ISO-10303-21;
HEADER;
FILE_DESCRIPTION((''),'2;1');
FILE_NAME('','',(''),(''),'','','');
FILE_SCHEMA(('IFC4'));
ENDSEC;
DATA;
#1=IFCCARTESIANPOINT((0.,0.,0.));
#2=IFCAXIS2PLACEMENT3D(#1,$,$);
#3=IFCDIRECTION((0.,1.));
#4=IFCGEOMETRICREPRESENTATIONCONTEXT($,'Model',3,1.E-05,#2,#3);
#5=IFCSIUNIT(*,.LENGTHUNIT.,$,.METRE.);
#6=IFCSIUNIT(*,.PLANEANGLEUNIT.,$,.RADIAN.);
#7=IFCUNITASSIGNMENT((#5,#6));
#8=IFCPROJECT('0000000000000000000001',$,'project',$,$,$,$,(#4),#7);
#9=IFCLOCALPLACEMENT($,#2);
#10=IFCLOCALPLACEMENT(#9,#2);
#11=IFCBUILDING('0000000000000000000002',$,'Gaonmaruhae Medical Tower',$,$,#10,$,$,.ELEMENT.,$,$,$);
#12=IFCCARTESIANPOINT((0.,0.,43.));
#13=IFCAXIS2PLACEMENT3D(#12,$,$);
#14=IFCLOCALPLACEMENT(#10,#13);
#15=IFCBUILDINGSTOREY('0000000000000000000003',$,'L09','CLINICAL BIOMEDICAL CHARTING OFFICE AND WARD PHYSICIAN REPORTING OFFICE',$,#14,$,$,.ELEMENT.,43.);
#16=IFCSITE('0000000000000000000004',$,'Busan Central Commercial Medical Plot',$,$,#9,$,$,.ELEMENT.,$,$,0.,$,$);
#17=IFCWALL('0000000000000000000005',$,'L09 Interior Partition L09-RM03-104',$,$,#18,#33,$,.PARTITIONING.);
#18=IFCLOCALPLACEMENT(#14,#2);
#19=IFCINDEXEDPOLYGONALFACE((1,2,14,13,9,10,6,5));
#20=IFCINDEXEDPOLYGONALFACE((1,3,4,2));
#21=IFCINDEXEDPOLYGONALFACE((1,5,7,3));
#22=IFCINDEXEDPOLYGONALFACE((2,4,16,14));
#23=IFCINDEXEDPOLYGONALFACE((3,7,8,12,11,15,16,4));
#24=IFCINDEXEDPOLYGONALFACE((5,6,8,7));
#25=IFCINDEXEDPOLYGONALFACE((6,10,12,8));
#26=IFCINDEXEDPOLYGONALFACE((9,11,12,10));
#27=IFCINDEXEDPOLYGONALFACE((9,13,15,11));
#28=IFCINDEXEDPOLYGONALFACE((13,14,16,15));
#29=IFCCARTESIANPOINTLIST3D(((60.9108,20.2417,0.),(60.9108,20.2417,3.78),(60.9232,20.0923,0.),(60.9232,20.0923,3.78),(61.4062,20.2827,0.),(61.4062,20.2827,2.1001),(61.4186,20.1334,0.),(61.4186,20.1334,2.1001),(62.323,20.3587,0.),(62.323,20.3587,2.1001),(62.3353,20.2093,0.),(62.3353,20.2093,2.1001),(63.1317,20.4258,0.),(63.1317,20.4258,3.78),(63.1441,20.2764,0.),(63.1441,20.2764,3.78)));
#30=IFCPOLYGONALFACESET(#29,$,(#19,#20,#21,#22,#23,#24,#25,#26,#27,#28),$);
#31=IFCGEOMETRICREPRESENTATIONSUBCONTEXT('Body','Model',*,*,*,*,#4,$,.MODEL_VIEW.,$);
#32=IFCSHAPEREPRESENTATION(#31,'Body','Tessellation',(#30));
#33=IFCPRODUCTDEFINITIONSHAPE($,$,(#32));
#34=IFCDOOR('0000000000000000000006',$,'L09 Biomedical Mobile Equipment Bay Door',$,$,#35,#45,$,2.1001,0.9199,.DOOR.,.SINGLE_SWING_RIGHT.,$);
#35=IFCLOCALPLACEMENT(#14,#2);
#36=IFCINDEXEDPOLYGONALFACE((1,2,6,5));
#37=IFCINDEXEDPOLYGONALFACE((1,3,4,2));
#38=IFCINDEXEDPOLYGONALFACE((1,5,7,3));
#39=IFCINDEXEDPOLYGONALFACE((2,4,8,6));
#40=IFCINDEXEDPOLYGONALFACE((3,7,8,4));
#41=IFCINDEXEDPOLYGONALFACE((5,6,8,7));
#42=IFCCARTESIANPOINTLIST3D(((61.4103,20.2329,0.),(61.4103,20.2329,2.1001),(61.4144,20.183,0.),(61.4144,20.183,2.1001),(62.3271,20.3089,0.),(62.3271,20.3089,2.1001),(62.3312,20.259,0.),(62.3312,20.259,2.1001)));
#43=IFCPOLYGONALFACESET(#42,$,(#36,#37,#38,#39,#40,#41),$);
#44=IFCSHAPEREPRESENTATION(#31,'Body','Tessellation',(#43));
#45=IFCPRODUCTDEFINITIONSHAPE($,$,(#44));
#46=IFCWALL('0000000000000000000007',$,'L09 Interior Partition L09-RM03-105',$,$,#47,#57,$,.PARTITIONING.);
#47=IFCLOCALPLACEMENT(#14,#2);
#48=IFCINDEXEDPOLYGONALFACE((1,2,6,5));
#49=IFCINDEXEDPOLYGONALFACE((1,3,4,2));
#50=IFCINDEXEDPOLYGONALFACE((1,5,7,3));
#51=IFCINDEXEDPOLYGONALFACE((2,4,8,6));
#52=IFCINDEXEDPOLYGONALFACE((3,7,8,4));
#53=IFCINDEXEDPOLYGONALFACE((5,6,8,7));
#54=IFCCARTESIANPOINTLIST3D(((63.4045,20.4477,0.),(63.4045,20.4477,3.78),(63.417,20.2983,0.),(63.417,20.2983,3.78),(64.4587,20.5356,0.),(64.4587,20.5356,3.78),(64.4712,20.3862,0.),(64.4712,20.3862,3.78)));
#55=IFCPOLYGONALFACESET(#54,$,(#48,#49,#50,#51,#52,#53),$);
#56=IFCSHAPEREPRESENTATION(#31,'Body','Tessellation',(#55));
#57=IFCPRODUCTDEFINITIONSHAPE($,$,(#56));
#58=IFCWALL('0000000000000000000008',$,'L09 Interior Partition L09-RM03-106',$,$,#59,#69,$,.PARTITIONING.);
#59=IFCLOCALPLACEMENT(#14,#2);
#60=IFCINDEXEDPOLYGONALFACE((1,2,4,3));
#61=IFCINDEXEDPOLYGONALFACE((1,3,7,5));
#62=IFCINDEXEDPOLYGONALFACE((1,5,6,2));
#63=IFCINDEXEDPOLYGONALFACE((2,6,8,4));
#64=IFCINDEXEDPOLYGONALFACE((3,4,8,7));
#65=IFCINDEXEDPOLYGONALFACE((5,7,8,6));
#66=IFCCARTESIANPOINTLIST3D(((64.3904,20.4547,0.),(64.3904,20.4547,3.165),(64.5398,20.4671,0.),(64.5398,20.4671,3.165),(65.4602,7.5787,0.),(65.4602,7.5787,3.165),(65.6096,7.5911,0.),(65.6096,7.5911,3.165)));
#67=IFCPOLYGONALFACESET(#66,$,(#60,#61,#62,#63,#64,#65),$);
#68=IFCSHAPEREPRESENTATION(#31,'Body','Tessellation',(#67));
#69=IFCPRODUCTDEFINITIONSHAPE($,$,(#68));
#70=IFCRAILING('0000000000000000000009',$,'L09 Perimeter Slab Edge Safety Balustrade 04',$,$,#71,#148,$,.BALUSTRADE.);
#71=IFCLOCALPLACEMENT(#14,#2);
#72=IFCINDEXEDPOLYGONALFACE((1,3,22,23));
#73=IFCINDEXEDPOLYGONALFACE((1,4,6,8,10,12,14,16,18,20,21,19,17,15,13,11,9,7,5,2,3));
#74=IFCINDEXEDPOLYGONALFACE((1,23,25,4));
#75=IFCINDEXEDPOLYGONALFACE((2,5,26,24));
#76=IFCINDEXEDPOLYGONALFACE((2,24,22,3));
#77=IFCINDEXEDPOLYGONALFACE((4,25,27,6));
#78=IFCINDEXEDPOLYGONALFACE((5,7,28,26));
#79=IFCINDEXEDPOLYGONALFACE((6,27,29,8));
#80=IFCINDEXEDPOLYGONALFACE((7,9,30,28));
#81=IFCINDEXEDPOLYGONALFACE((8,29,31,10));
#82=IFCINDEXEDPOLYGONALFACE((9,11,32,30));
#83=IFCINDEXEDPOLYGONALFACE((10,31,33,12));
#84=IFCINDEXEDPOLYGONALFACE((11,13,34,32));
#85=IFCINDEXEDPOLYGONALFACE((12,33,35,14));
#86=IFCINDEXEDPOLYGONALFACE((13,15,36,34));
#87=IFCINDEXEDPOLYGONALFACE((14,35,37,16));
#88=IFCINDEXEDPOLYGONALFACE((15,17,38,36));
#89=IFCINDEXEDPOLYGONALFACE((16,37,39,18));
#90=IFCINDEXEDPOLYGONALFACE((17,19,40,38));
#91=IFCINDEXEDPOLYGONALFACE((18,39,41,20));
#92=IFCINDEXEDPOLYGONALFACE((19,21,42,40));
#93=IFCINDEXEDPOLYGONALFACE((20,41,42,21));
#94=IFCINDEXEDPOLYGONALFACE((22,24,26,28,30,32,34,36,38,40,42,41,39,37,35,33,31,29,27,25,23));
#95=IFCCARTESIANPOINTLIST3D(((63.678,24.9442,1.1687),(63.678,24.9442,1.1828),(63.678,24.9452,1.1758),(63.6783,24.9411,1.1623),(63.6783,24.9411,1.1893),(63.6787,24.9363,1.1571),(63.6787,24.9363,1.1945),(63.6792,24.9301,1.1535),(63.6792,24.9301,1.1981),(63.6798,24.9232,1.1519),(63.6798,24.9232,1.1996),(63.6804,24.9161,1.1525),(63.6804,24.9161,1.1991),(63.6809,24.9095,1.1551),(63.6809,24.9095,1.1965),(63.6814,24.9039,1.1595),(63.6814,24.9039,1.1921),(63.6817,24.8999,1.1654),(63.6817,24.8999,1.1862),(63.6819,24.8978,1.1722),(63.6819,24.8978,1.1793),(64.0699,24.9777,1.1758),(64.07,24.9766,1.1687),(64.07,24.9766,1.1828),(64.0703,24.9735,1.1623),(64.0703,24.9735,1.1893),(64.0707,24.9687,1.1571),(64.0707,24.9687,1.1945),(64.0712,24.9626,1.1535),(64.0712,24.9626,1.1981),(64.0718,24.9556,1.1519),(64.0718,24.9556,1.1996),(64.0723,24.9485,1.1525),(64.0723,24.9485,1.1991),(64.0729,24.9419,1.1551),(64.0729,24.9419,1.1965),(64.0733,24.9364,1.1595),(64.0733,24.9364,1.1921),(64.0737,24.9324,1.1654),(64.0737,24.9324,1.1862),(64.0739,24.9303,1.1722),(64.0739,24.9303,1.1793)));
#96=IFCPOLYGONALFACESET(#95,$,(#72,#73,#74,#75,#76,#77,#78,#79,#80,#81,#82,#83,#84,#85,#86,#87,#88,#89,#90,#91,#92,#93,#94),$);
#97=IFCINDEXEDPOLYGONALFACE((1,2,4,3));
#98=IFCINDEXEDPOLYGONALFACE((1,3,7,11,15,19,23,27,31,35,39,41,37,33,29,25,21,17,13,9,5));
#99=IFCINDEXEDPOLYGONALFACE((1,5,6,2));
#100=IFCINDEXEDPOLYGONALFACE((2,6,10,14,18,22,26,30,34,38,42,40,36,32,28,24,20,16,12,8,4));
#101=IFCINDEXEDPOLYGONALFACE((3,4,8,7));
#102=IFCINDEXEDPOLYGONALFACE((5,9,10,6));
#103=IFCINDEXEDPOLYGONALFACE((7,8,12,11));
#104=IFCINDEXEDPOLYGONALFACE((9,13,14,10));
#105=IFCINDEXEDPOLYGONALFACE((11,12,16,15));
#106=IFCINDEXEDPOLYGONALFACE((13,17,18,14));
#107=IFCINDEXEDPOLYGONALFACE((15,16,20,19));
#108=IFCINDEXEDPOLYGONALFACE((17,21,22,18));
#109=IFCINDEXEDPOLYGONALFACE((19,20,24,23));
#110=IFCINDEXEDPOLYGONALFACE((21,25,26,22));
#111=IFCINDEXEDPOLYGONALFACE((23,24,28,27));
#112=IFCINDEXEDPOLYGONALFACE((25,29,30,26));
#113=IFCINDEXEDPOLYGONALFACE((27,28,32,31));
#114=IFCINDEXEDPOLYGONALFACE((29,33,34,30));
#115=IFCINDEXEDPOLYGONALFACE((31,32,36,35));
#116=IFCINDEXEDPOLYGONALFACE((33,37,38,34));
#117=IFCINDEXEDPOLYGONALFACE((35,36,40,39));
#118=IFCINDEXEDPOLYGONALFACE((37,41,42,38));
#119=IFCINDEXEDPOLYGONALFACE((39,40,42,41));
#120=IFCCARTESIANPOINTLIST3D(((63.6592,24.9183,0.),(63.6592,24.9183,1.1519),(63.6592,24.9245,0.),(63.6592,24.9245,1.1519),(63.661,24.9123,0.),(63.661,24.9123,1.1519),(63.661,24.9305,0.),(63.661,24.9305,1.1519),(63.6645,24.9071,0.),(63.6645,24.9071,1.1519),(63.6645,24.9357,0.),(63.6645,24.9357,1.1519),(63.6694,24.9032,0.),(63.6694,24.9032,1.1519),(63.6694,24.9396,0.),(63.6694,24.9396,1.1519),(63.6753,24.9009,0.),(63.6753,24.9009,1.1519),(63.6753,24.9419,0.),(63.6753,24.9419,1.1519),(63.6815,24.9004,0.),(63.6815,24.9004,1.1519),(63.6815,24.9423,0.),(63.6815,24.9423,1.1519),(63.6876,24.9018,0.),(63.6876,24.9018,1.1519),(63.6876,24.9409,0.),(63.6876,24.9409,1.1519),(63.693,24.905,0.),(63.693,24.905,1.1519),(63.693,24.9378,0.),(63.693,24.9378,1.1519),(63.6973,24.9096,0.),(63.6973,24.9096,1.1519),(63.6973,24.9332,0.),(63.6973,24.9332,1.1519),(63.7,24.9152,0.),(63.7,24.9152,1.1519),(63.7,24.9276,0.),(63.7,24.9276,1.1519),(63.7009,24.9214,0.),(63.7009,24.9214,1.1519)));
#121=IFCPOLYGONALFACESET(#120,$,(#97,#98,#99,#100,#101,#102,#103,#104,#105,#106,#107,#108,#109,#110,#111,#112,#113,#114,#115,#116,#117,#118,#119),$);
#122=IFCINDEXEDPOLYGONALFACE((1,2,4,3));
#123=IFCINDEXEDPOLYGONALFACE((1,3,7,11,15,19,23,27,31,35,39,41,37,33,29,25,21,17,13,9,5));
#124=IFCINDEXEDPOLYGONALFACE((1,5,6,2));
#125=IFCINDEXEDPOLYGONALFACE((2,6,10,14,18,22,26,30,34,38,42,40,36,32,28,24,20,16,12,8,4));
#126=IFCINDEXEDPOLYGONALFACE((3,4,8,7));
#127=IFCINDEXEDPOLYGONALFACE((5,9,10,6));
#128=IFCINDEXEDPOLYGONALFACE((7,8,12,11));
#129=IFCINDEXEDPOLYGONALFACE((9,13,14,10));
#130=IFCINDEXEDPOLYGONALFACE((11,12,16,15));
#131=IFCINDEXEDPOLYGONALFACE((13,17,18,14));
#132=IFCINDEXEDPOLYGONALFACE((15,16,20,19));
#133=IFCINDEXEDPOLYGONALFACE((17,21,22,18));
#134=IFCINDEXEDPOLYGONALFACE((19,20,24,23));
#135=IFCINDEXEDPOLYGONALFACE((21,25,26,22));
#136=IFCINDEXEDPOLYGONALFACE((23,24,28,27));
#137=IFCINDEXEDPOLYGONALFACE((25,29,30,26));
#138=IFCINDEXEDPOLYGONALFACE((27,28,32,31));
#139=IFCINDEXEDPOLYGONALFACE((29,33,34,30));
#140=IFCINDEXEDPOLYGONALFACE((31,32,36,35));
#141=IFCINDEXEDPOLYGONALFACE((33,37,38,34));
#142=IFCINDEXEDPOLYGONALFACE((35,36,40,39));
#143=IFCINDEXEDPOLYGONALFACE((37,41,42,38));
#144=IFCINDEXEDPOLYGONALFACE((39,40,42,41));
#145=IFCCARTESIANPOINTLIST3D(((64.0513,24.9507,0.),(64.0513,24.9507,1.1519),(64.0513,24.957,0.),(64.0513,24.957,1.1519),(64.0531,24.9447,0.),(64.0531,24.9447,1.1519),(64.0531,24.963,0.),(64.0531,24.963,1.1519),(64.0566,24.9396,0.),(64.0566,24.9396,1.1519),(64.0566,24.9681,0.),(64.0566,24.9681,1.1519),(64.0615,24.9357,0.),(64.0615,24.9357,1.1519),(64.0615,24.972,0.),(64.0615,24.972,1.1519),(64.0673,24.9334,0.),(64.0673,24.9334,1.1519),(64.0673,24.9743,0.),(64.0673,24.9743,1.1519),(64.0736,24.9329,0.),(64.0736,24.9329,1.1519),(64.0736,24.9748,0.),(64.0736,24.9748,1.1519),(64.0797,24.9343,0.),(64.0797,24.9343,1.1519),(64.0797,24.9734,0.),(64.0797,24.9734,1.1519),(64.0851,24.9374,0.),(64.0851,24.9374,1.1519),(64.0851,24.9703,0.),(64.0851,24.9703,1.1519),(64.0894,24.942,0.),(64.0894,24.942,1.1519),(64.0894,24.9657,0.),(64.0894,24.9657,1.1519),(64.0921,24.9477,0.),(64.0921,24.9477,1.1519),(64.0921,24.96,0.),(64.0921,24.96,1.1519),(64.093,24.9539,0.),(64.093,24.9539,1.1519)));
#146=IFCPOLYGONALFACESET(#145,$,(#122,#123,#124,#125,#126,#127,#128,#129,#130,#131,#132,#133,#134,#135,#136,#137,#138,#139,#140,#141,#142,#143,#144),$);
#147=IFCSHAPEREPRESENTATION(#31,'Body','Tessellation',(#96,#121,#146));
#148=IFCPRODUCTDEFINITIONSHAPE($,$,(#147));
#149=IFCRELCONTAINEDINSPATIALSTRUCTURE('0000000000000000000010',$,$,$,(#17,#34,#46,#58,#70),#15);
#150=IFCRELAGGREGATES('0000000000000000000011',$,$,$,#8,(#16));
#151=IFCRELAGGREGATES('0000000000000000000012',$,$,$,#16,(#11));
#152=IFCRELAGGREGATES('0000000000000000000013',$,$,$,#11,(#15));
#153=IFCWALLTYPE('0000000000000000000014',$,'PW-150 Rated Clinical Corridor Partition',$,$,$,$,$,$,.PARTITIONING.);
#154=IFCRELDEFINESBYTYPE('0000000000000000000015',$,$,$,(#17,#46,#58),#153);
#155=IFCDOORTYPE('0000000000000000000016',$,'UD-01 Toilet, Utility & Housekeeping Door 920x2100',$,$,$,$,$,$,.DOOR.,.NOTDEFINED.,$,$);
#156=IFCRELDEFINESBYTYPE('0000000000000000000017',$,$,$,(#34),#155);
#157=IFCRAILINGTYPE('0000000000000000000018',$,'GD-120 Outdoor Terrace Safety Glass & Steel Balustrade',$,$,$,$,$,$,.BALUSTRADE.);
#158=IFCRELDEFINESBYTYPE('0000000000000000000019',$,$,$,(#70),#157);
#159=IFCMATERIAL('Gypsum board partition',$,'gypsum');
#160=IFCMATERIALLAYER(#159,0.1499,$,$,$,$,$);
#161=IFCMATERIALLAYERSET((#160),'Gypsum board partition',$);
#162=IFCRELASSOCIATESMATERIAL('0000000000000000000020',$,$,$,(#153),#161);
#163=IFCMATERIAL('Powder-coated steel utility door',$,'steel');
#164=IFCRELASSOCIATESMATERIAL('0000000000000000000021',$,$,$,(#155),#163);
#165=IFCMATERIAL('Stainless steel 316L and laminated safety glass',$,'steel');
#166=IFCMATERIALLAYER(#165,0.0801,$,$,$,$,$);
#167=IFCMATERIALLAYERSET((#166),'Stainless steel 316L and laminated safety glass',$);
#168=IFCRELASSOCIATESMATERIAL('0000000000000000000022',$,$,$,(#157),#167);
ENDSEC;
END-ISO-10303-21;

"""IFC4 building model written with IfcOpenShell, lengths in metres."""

from ifc_helpers import new_model, si_unit, direction, frame, frame_2d, origin, origin_2d, place, context, subcontext, project, spatial, rectangle, circle, extrude, material, layer, layer_set, type_object, element, fill, save


model = new_model("IFC4")

# Units and contexts
model_context = context("Model", 3, precision=1e-05, world=origin(), true_north=direction((0.0, 1.0)))
body_context = subcontext(model_context, "Body", "Model", "MODEL_VIEW")
ifc_project = project(units=[si_unit("LENGTHUNIT", "METRE"), si_unit("PLANEANGLEUNIT", "RADIAN")], contexts=[model_context])

# Site, building, storey
site_placement = place(None, origin())
site = spatial("IfcSite", under=ifc_project, at=site_placement, Name="Busan Central Commercial Medical Plot", CompositionType="ELEMENT", RefElevation=0.0)
building_placement = place(site_placement, origin())
building = spatial("IfcBuilding", under=site, at=building_placement, Name="Gaonmaruhae Medical Tower", CompositionType="ELEMENT")
storey_placement = place(building_placement, frame((0.0, 0.0, 43.0)))
storey = spatial("IfcBuildingStorey", under=building, at=storey_placement, Name="L09", Description="CLINICAL BIOMEDICAL CHARTING OFFICE AND WARD PHYSICIAN REPORTING OFFICE", CompositionType="ELEMENT", Elevation=43.0)

# Shared definitions
ifc_material_1 = material(Name="Gypsum board partition", Category="gypsum")
ifc_layer_1 = layer(ifc_material_1, 0.1499)
ifc_layer_set_1 = layer_set([ifc_layer_1], Name="Gypsum board partition")
wall_type_1 = type_object("IfcWallType", Name="PW-150 Rated Clinical Corridor Partition", PredefinedType="PARTITIONING", material=ifc_layer_set_1)

# Wall, opening, door
wall_1_placement = place(storey_placement, frame((60.917, 20.167, 0.0), z_axis=(0.0, 0.0, 1.0), x_axis=(0.996583, 0.082601, 0.0)))
wall_1 = element("IfcWall", 1, at=wall_1_placement, inside=storey, type_object=wall_type_1, Name="L09 Interior Partition L09-RM03-104", PredefinedType="PARTITIONING", context=body_context, shape_type="SweptSolid", body=[
    extrude(rectangle(XDim=2.2285, YDim=0.1499, at=frame_2d((1.1143, 0.0))), origin(), (0.0, 0.0, 1.0), 3.78),
])
opening_1_placement = place(wall_1_placement, frame((0.4971, 0.0, 0.0)))
opening_1 = element("IfcOpeningElement", 2, at=opening_1_placement, cuts=wall_1, PredefinedType="OPENING", context=body_context, shape_type="SweptSolid", body=[
    extrude(rectangle(XDim=0.9199, YDim=2.1001, at=frame_2d((0.46, 1.05))), frame((0.0, 0.085, 0.0), z_axis=(0.0, -1.0, 0.0), x_axis=(1.0, 0.0, 0.0)), (0.0, 0.0, 1.0), 0.1699),
])
ifc_material_2 = material(Name="Powder-coated steel utility door", Category="steel")
door_type_1 = type_object("IfcDoorType", Name="UD-01 Toilet, Utility & Housekeeping Door 920x2100", OperationType="NOTDEFINED", PredefinedType="DOOR", material=ifc_material_2)
door_1_placement = place(opening_1_placement, origin())
door_1 = element("IfcDoor", 3, at=door_1_placement, inside=storey, type_object=door_type_1, Name="L09 Biomedical Mobile Equipment Bay Door", OperationType="SINGLE_SWING_RIGHT", OverallHeight=2.1001, OverallWidth=0.9199, PredefinedType="DOOR", context=body_context, shape_type="SweptSolid", body=[
    extrude(rectangle(XDim=0.9199, YDim=2.1001, at=frame_2d((0.46, 1.05))), frame((0.0, 0.0249, 0.0), z_axis=(0.0, -1.0, 0.0), x_axis=(1.0, 0.0, 0.0)), (0.0, 0.0, 1.0), 0.05),
])
fill(opening_1, door_1)

# Walls
wall_2_placement = place(storey_placement, frame((63.4109, 20.373, 0.0), z_axis=(0.0, 0.0, 1.0), x_axis=(0.996543, 0.083084, 0.0)))
element("IfcWall", 4, at=wall_2_placement, inside=storey, type_object=wall_type_1, Name="L09 Interior Partition L09-RM03-105", PredefinedType="PARTITIONING", context=body_context, shape_type="SweptSolid", body=[
    extrude(rectangle(XDim=1.0579, YDim=0.1499, at=frame_2d((0.5288, 0.0))), origin(), (0.0, 0.0, 1.0), 3.78),
])
wall_3_placement = place(storey_placement, frame((64.4651, 20.4609, 0.0), z_axis=(0.0, 0.0, 1.0), x_axis=(0.082802, -0.996566, 0.0)))
element("IfcWall", 5, at=wall_3_placement, inside=storey, type_object=wall_type_1, Name="L09 Interior Partition L09-RM03-106", PredefinedType="PARTITIONING", context=body_context, shape_type="SweptSolid", body=[
    extrude(rectangle(XDim=12.9204, YDim=0.1499, at=frame_2d((6.4602, 0.0))), origin(), (0.0, 0.0, 1.0), 3.165),
])

# Railing
ifc_material_3 = material(Name="Stainless steel 316L and laminated safety glass", Category="steel")
ifc_layer_2 = layer(ifc_material_3, 0.0801)
ifc_layer_set_2 = layer_set([ifc_layer_2], Name="Stainless steel 316L and laminated safety glass")
railing_type = type_object("IfcRailingType", Name="GD-120 Outdoor Terrace Safety Glass & Steel Balustrade", PredefinedType="BALUSTRADE", material=ifc_layer_set_2)
railing_1_placement = place(storey_placement, frame((63.6799, 24.9214, 0.0)))
element("IfcRailing", 6, at=railing_1_placement, inside=storey, type_object=railing_type, Name="L09 Perimeter Slab Edge Safety Balustrade 04", PredefinedType="BALUSTRADE", context=body_context, shape_type="SweptSolid", body=[
    extrude(circle(Radius=0.0239, at=origin_2d()), frame((0.0, 0.0, 1.1758), z_axis=(0.996588, 0.082532, 0.0), x_axis=(-0.082532, 0.996588, 0.0)), (0.0, 0.0, 1.0), 0.3933),
    extrude(circle(Radius=0.021, at=origin_2d()), origin(), (0.0, 0.0, 1.0), 1.1519),
    extrude(circle(Radius=0.021, at=origin_2d()), frame((0.3921, 0.0325, 0.0)), (0.0, 0.0, 1.0), 1.1519),
])

save(model, "model.ifc")
